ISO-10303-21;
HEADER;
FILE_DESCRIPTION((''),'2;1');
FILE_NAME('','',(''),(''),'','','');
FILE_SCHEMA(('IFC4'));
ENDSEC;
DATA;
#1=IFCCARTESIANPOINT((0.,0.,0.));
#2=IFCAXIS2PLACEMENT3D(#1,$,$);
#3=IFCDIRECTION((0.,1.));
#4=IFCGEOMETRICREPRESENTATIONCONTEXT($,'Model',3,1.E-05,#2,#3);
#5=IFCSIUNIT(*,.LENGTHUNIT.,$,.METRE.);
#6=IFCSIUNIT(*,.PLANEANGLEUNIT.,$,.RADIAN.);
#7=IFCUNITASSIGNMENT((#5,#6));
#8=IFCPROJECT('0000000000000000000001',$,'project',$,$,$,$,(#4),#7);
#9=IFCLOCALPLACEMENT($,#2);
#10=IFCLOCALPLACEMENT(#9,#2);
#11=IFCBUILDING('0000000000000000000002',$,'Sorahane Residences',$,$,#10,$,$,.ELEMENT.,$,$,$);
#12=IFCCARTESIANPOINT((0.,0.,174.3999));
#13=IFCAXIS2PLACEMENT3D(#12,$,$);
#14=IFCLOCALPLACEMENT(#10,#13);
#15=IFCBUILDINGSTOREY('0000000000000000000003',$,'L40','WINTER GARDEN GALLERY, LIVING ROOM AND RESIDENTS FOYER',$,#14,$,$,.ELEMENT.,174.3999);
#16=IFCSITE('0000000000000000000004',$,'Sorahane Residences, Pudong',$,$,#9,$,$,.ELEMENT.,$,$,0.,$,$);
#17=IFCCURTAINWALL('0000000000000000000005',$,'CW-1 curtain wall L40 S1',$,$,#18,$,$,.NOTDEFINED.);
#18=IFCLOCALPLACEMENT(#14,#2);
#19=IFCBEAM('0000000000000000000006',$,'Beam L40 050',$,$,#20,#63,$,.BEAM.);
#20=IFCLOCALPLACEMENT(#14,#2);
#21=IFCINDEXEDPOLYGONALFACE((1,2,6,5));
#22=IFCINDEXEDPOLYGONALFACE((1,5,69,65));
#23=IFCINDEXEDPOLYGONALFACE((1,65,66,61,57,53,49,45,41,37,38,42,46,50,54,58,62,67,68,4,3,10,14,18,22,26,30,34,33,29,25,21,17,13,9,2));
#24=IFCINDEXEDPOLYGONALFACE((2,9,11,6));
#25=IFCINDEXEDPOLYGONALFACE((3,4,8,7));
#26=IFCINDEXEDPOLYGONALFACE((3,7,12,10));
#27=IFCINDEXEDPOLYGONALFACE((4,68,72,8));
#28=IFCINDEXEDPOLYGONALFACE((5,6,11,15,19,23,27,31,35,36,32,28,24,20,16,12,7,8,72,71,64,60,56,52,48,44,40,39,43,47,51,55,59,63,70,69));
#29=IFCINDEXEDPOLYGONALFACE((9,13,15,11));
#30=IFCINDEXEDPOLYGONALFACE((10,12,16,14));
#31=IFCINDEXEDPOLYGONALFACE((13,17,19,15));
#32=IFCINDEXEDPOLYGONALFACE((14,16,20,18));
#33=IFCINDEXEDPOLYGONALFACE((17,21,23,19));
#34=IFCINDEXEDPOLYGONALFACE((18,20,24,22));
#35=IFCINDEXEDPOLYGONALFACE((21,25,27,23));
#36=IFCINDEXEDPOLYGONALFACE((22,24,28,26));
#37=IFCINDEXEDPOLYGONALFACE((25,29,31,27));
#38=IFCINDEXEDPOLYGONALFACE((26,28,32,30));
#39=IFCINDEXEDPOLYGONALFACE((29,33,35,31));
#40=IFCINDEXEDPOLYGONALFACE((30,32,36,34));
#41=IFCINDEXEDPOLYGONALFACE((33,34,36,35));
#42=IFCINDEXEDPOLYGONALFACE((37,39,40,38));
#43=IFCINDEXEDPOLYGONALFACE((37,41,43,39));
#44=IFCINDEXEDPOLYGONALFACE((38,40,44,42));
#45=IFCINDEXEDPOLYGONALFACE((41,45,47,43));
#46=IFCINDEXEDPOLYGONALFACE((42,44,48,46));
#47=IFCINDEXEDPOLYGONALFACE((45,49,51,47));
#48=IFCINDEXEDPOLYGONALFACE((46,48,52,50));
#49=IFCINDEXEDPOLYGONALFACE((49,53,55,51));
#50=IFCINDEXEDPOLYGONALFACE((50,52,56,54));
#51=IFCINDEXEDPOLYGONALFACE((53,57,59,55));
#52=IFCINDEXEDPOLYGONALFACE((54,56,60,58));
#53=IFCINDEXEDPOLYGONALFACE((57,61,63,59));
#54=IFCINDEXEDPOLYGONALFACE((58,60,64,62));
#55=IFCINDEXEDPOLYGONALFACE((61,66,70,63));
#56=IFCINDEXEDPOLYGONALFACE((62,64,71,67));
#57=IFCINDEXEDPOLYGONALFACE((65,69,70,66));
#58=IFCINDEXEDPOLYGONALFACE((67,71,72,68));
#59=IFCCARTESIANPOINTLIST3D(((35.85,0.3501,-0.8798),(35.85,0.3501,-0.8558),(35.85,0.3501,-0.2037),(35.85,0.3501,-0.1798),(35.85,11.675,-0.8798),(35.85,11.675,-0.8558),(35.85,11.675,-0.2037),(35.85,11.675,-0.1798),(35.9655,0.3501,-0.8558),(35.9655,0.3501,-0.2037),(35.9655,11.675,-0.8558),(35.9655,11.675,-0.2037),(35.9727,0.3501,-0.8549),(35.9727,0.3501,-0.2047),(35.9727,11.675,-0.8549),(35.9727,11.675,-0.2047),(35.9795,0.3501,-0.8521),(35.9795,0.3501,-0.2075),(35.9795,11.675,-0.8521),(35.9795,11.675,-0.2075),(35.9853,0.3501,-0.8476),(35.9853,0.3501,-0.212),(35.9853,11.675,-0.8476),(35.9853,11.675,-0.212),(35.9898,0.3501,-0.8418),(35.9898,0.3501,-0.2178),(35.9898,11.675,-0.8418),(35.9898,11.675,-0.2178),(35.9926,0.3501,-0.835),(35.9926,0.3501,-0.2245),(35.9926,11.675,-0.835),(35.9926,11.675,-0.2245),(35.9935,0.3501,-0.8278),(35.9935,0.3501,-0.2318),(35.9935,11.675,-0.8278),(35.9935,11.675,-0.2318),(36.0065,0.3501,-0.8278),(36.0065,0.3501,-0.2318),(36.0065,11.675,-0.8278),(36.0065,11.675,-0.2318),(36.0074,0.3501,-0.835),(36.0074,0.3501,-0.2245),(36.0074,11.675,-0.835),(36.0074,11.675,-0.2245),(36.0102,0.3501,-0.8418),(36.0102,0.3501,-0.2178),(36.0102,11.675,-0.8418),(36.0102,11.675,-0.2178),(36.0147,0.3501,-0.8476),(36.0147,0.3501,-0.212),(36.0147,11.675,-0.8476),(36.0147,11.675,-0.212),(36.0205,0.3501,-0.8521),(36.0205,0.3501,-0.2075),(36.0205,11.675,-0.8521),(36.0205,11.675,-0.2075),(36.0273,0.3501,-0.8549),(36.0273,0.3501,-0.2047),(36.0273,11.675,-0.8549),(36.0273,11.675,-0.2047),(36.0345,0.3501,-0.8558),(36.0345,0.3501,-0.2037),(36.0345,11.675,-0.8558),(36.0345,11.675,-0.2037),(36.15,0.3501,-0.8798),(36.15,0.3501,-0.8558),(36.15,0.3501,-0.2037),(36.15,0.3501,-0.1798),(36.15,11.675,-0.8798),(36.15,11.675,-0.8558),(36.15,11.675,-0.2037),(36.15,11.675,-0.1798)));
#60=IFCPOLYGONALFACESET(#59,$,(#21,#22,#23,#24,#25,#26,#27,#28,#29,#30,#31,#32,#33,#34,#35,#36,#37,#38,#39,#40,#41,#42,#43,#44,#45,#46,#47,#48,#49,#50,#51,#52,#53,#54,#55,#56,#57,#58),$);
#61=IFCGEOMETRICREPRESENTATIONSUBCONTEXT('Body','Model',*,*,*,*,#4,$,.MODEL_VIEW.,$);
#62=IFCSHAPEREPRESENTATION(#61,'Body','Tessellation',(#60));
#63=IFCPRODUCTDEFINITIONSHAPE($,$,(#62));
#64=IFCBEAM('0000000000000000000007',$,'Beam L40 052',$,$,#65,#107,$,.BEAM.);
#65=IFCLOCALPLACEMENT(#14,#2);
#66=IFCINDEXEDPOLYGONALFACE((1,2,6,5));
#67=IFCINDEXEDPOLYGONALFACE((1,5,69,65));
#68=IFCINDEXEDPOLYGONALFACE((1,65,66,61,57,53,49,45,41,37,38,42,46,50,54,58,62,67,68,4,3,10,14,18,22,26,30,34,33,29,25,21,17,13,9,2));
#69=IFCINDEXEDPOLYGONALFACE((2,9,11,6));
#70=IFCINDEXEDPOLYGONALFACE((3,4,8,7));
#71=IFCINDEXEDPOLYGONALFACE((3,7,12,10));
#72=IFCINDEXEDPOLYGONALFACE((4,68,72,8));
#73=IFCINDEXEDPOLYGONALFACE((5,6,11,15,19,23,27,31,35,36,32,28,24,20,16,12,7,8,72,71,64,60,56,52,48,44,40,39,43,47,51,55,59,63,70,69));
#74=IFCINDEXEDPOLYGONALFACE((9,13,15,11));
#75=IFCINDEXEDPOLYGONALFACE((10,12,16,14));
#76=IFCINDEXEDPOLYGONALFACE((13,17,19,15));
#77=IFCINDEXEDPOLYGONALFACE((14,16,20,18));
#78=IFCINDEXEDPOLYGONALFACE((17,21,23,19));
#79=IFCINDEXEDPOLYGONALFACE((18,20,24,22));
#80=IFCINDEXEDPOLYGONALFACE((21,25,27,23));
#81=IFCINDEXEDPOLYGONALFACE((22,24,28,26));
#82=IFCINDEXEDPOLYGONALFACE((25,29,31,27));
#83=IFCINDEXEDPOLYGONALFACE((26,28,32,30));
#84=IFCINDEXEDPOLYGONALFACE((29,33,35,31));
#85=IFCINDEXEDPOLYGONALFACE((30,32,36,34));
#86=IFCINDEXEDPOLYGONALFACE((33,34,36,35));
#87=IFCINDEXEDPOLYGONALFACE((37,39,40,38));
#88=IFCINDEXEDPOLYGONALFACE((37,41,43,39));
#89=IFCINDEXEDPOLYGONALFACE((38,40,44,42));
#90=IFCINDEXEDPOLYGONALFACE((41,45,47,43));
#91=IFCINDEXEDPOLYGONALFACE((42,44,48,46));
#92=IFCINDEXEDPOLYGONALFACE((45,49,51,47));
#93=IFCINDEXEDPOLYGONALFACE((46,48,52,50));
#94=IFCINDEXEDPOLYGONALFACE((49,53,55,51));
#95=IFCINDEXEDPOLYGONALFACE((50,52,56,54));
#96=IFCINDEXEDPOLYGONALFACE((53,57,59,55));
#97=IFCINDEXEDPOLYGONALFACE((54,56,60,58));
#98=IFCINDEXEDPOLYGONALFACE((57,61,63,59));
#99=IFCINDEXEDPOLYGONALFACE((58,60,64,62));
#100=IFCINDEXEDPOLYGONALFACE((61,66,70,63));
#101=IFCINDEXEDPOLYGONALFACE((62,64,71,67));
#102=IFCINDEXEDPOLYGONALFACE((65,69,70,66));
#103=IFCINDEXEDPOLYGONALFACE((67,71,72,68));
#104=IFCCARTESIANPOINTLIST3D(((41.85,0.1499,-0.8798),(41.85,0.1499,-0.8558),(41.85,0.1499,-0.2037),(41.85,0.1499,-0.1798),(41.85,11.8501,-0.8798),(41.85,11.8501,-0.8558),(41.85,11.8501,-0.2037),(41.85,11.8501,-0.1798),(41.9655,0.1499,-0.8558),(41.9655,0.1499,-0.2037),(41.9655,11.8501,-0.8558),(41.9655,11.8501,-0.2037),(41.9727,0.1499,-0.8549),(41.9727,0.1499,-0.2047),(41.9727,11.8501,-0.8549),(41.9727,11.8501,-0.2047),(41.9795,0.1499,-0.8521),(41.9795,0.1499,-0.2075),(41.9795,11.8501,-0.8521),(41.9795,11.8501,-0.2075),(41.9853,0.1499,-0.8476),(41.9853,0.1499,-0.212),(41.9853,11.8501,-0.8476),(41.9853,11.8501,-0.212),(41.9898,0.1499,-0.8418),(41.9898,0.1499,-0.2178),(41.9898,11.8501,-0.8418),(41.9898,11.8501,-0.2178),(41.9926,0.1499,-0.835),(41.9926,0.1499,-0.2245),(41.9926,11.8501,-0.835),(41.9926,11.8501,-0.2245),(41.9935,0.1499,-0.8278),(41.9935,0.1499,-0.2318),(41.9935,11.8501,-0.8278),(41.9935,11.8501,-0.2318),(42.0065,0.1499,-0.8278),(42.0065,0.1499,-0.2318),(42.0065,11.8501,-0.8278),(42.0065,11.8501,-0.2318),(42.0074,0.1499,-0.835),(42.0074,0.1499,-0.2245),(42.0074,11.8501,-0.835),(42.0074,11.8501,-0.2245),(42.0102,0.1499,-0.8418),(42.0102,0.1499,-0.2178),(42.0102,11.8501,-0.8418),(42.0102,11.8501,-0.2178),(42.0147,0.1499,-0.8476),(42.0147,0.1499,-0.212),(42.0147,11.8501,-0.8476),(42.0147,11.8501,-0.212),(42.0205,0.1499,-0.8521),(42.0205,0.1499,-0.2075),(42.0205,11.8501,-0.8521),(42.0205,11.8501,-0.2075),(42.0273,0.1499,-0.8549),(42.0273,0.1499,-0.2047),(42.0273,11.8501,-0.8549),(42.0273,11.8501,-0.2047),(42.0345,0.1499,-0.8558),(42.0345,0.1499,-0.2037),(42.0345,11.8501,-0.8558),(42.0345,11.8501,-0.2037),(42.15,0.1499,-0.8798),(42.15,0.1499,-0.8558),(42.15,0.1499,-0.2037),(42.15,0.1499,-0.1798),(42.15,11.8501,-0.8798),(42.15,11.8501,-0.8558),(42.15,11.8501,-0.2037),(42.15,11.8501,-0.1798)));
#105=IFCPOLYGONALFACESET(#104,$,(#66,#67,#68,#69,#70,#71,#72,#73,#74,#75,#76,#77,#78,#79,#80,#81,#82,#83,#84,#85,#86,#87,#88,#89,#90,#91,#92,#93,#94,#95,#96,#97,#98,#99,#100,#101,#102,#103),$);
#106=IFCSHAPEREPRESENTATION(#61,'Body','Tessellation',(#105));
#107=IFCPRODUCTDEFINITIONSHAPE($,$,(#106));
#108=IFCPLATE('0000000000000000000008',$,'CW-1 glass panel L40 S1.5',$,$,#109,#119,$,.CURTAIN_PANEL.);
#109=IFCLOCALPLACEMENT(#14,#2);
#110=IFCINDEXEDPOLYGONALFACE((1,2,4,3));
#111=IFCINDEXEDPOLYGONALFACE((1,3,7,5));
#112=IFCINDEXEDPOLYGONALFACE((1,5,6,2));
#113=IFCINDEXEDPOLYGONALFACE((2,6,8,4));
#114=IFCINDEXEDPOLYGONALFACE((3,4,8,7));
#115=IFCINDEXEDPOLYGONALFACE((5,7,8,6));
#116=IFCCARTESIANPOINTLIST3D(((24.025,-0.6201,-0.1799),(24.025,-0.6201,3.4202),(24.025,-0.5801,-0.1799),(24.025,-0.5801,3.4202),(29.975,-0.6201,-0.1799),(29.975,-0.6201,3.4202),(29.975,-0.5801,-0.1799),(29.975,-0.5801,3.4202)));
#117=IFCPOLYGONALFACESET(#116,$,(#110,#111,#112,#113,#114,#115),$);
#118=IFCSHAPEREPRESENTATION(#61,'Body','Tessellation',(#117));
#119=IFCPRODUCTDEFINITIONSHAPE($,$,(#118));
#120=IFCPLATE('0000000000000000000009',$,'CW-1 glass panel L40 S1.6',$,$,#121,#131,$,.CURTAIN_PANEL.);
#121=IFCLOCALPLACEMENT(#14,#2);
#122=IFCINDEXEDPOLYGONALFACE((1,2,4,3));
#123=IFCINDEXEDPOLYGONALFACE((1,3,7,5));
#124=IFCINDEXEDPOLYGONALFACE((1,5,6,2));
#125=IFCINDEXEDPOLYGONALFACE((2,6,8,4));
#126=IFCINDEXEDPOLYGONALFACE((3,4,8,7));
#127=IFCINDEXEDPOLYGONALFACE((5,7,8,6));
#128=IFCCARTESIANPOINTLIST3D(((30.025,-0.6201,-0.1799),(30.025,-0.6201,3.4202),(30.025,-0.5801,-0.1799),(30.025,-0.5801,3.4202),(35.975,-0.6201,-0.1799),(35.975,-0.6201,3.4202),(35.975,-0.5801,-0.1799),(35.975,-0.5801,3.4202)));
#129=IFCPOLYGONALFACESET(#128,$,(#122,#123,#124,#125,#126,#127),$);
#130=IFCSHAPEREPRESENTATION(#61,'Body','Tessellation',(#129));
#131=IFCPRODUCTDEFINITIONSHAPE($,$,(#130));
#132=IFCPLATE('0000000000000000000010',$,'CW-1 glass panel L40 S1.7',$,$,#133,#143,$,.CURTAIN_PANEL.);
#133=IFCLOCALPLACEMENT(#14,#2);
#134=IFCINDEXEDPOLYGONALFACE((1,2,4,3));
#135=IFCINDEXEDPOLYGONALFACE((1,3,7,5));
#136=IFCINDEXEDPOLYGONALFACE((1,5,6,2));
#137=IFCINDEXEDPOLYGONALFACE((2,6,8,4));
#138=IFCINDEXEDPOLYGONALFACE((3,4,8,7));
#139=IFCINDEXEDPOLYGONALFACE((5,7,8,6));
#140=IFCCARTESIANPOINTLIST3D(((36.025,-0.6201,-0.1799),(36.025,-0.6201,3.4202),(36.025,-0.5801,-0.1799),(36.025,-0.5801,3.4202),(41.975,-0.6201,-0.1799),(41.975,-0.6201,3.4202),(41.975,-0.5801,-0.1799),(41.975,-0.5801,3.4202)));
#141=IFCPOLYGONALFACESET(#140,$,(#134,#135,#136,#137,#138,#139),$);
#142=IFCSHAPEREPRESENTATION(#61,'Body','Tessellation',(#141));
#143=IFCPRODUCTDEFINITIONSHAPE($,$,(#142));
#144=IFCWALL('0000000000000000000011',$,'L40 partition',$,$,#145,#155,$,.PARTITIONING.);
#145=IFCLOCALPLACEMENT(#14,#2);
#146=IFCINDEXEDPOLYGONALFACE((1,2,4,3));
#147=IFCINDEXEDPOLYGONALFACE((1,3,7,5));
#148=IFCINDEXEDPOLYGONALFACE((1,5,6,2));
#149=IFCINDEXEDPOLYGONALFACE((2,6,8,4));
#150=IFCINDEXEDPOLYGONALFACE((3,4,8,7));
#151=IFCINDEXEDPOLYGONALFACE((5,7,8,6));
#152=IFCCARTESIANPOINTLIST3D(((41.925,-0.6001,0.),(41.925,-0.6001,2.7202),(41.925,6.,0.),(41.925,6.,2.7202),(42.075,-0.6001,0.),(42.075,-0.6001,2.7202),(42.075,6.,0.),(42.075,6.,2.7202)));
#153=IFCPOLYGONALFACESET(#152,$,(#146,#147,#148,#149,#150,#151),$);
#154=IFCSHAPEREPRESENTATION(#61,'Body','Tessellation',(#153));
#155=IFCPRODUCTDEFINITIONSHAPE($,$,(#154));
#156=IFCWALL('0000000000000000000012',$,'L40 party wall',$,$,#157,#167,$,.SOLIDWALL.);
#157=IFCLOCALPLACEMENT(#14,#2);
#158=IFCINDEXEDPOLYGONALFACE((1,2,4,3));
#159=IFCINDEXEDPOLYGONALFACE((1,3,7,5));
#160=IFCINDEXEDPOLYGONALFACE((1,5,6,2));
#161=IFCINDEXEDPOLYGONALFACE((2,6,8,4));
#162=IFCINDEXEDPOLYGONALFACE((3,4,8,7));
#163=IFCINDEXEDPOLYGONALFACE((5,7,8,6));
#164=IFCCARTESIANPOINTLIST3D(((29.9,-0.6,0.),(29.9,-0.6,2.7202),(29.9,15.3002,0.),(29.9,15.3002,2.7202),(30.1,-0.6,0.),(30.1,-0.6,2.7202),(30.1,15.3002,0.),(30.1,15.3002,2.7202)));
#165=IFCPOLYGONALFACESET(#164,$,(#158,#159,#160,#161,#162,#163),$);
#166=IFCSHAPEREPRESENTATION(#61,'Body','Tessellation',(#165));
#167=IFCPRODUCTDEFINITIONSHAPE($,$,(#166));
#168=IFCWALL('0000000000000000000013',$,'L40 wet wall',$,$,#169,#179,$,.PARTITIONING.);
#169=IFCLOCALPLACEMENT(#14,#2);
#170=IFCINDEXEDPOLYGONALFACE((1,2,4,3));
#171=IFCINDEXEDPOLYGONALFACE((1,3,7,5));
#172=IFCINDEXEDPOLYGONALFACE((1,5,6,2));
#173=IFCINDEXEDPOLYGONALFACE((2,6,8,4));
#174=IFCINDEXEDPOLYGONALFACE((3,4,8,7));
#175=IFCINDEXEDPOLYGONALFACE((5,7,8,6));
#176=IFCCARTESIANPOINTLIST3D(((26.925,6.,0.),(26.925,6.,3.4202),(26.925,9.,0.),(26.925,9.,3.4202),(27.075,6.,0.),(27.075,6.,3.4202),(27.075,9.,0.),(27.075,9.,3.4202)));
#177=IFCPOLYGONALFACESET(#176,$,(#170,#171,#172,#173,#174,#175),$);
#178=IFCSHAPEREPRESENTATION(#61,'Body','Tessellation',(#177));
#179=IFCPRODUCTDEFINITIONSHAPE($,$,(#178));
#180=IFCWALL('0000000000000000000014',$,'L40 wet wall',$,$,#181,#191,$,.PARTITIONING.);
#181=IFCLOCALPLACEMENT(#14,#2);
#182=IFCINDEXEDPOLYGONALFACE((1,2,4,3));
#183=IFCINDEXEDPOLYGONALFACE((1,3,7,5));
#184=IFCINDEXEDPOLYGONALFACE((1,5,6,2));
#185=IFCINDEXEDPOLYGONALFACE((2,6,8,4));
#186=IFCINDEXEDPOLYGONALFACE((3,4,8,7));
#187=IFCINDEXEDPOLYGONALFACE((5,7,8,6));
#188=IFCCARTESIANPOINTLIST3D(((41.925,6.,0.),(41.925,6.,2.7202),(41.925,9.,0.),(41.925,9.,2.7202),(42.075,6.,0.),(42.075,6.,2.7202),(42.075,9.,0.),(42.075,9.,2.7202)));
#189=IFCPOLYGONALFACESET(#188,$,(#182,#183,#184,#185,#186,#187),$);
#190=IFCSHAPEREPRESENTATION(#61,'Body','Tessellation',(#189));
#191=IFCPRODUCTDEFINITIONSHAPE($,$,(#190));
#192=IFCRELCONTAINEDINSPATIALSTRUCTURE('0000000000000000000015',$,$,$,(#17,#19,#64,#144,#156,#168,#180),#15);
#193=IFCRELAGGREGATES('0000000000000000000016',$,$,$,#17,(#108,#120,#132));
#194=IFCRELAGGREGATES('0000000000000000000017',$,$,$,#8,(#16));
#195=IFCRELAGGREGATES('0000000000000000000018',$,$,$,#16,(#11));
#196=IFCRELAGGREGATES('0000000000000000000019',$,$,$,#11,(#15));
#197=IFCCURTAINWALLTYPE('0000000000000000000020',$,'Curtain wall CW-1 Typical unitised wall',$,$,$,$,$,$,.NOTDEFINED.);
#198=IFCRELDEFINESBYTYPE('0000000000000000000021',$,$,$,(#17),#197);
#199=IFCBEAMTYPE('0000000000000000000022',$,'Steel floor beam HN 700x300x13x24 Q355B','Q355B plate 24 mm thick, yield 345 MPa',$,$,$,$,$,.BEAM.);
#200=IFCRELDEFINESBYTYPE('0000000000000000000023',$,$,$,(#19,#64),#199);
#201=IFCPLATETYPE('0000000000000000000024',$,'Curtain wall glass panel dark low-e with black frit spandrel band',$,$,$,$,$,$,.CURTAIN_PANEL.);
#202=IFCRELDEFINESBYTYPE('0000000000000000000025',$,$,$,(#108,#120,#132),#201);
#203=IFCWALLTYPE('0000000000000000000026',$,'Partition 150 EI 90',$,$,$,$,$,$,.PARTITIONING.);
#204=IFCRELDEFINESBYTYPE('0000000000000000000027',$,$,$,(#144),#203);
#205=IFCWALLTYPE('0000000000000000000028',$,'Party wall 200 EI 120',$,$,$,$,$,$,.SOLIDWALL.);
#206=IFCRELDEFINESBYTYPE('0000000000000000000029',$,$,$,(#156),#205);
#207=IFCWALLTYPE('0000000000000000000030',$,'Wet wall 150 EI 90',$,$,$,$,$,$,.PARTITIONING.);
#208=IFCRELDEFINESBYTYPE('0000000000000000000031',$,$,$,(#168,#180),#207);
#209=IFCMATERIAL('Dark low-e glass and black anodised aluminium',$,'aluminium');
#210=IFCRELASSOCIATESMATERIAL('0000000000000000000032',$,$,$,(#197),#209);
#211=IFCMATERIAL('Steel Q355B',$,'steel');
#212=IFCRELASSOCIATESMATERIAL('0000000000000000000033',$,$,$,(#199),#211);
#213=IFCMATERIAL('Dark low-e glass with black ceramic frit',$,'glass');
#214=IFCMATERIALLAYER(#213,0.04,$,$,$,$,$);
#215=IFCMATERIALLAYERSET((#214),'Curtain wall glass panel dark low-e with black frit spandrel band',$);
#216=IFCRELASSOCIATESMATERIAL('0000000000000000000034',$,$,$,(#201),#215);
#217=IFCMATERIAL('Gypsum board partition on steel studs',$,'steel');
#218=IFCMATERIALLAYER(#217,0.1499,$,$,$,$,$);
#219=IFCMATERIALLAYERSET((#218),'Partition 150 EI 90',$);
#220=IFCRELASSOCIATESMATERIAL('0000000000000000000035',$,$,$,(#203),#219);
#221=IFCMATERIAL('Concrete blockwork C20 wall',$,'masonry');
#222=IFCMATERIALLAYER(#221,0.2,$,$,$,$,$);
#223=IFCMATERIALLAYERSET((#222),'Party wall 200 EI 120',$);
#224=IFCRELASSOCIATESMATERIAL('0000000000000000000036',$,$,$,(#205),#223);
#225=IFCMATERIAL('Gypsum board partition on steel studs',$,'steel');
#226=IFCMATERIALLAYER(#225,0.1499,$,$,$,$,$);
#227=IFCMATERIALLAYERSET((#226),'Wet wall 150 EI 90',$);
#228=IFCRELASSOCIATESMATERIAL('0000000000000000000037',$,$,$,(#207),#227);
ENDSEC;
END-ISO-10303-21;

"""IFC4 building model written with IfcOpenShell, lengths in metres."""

from ifc_helpers import new_model, si_unit, direction, frame, frame_2d, origin, origin_2d, place, context, subcontext, project, spatial, rectangle, i_section, extrude, material, layer, layer_set, material_profile, profile_set, type_object, element, aggregate, save


model = new_model("IFC4")

# Units and contexts
model_context = context("Model", 3, precision=1e-05, world=origin(), true_north=direction((0.0, 1.0)))
body_context = subcontext(model_context, "Body", "Model", "MODEL_VIEW")
ifc_project = project(units=[si_unit("LENGTHUNIT", "METRE"), si_unit("PLANEANGLEUNIT", "RADIAN")], contexts=[model_context])

# Site, building, storey
site_placement = place(None, origin())
site = spatial("IfcSite", under=ifc_project, at=site_placement, Name="Sorahane Residences, Pudong", CompositionType="ELEMENT", RefElevation=0.0)
building_placement = place(site_placement, origin())
building = spatial("IfcBuilding", under=site, at=building_placement, Name="Sorahane Residences", CompositionType="ELEMENT")
storey_placement = place(building_placement, frame((0.0, 0.0, 174.3999)))
storey = spatial("IfcBuildingStorey", under=building, at=storey_placement, Name="L40", Description="WINTER GARDEN GALLERY, LIVING ROOM AND RESIDENTS FOYER", CompositionType="ELEMENT", Elevation=174.3999)

# Curtain wall
ifc_material_1 = material(Name="Dark low-e glass and black anodised aluminium", Category="aluminium")
curtain_wall_type = type_object("IfcCurtainWallType", Name="Curtain wall CW-1 Typical unitised wall", PredefinedType="NOTDEFINED", material=ifc_material_1)
curtain_wall_placement = place(storey_placement, origin())
curtain_wall = element("IfcCurtainWall", 1, at=curtain_wall_placement, inside=storey, type_object=curtain_wall_type, Name="CW-1 curtain wall L40 S1", PredefinedType="NOTDEFINED")

# Beams
ifc_material_2 = material(Name="Steel Q355B", Category="steel")
ifc_material_profile_1 = material_profile(ifc_material_2, i_section(OverallWidth=0.3, OverallDepth=0.7, WebThickness=0.0129, FlangeThickness=0.0239, FilletRadius=0.0281, at=origin_2d()), Name="HN 700x300x13x24")
ifc_profile_set_1 = profile_set([ifc_material_profile_1], Name="Steel Q355B")
beam_type_1 = type_object("IfcBeamType", Name="Steel floor beam HN 700x300x13x24 Q355B", Description="Q355B plate 24 mm thick, yield 345 MPa", PredefinedType="BEAM", material=ifc_profile_set_1)
beam_1_placement = place(storey_placement, frame((36.0, 0.3501, -0.5298), z_axis=(0.0, 1.0, 0.0), x_axis=(-1.0, 0.0, 0.0)))
element("IfcBeam", 2, at=beam_1_placement, inside=storey, type_object=beam_type_1, Name="Beam L40 050", PredefinedType="BEAM", context=body_context, shape_type="SweptSolid", body=[
    extrude(i_section(OverallWidth=0.3, OverallDepth=0.7, WebThickness=0.0129, FlangeThickness=0.0239, FilletRadius=0.0281, at=origin_2d()), origin(), (0.0, 0.0, 1.0), 11.325),
])
beam_2_placement = place(storey_placement, frame((42.0, 0.1499, -0.5298), z_axis=(0.0, 1.0, 0.0), x_axis=(-1.0, 0.0, 0.0)))
element("IfcBeam", 3, at=beam_2_placement, inside=storey, type_object=beam_type_1, Name="Beam L40 052", PredefinedType="BEAM", context=body_context, shape_type="SweptSolid", body=[
    extrude(i_section(OverallWidth=0.3, OverallDepth=0.7, WebThickness=0.0129, FlangeThickness=0.0239, FilletRadius=0.0281, at=origin_2d()), origin(), (0.0, 0.0, 1.0), 11.7002),
])

# Plates
ifc_material_3 = material(Name="Dark low-e glass with black ceramic frit", Category="glass")
ifc_layer_1 = layer(ifc_material_3, 0.04)
ifc_layer_set_1 = layer_set([ifc_layer_1], Name="Curtain wall glass panel dark low-e with black frit spandrel band")
plate_type = type_object("IfcPlateType", Name="Curtain wall glass panel dark low-e with black frit spandrel band", PredefinedType="CURTAIN_PANEL", material=ifc_layer_set_1)
plate_1_placement = place(storey_placement, frame((27.0, -0.6001, -0.1799), z_axis=(0.0, 0.0, 1.0), x_axis=(1.0, 0.0, 0.0)))
plate_1 = element("IfcPlate", 4, at=plate_1_placement, type_object=plate_type, Name="CW-1 glass panel L40 S1.5", PredefinedType="CURTAIN_PANEL", context=body_context, shape_type="SweptSolid", body=[
    extrude(rectangle(XDim=5.95, YDim=0.04, at=origin_2d()), origin(), (0.0, 0.0, 1.0), 3.6001),
])
plate_2_placement = place(storey_placement, frame((33.0, -0.6001, -0.1799), z_axis=(0.0, 0.0, 1.0), x_axis=(1.0, 0.0, 0.0)))
plate_2 = element("IfcPlate", 5, at=plate_2_placement, type_object=plate_type, Name="CW-1 glass panel L40 S1.6", PredefinedType="CURTAIN_PANEL", context=body_context, shape_type="SweptSolid", body=[
    extrude(rectangle(XDim=5.95, YDim=0.04, at=origin_2d()), origin(), (0.0, 0.0, 1.0), 3.6001),
])
plate_3_placement = place(storey_placement, frame((39.0, -0.6001, -0.1799), z_axis=(0.0, 0.0, 1.0), x_axis=(1.0, 0.0, 0.0)))
plate_3 = element("IfcPlate", 6, at=plate_3_placement, type_object=plate_type, Name="CW-1 glass panel L40 S1.7", PredefinedType="CURTAIN_PANEL", context=body_context, shape_type="SweptSolid", body=[
    extrude(rectangle(XDim=5.95, YDim=0.04, at=origin_2d()), origin(), (0.0, 0.0, 1.0), 3.6001),
])
aggregate(curtain_wall, [plate_1, plate_2, plate_3])

# Wall
ifc_material_4 = material(Name="Gypsum board partition on steel studs", Category="steel")
ifc_layer_2 = layer(ifc_material_4, 0.1499)
ifc_layer_set_2 = layer_set([ifc_layer_2], Name="Partition 150 EI 90")
wall_type_1 = type_object("IfcWallType", Name="Partition 150 EI 90", PredefinedType="PARTITIONING", material=ifc_layer_set_2)
wall_1_placement = place(storey_placement, frame((42.0, -0.6001, 0.0), z_axis=(0.0, 0.0, 1.0), x_axis=(0.0, 1.0, 0.0)))
element("IfcWall", 7, at=wall_1_placement, inside=storey, type_object=wall_type_1, Name="L40 partition", PredefinedType="PARTITIONING", context=body_context, shape_type="SweptSolid", body=[
    extrude(rectangle(XDim=6.6001, YDim=0.1499, at=frame_2d((3.3, 0.0))), origin(), (0.0, 0.0, 1.0), 2.7202),
])

# Walls
ifc_material_5 = material(Name="Concrete blockwork C20 wall", Category="masonry")
ifc_layer_3 = layer(ifc_material_5, 0.2)
ifc_layer_set_3 = layer_set([ifc_layer_3], Name="Party wall 200 EI 120")
wall_type_2 = type_object("IfcWallType", Name="Party wall 200 EI 120", PredefinedType="SOLIDWALL", material=ifc_layer_set_3)
wall_2_placement = place(storey_placement, frame((30.0, -0.6001, 0.0), z_axis=(0.0, 0.0, 1.0), x_axis=(0.0, 1.0, 0.0)))
element("IfcWall", 8, at=wall_2_placement, inside=storey, type_object=wall_type_2, Name="L40 party wall", PredefinedType="SOLIDWALL", context=body_context, shape_type="SweptSolid", body=[
    extrude(rectangle(XDim=15.9001, YDim=0.2, at=frame_2d((7.9502, 0.0))), origin(), (0.0, 0.0, 1.0), 2.7202),
])
ifc_material_6 = material(Name="Gypsum board partition on steel studs", Category="steel")
ifc_layer_4 = layer(ifc_material_6, 0.1499)
ifc_layer_set_4 = layer_set([ifc_layer_4], Name="Wet wall 150 EI 90")
wall_type_3 = type_object("IfcWallType", Name="Wet wall 150 EI 90", PredefinedType="PARTITIONING", material=ifc_layer_set_4)
wall_3_placement = place(storey_placement, frame((27.0, 6.0, 0.0), z_axis=(0.0, 0.0, 1.0), x_axis=(0.0, 1.0, 0.0)))
element("IfcWall", 9, at=wall_3_placement, inside=storey, type_object=wall_type_3, Name="L40 wet wall", PredefinedType="PARTITIONING", context=body_context, shape_type="SweptSolid", body=[
    extrude(rectangle(XDim=3.0, YDim=0.1499, at=frame_2d((1.5, 0.0))), origin(), (0.0, 0.0, 1.0), 3.4202),
])
wall_4_placement = place(storey_placement, frame((42.0, 6.0, 0.0), z_axis=(0.0, 0.0, 1.0), x_axis=(0.0, 1.0, 0.0)))
element("IfcWall", 10, at=wall_4_placement, inside=storey, type_object=wall_type_3, Name="L40 wet wall", PredefinedType="PARTITIONING", context=body_context, shape_type="SweptSolid", body=[
    extrude(rectangle(XDim=3.0, YDim=0.1499, at=frame_2d((1.5, 0.0))), origin(), (0.0, 0.0, 1.0), 2.7202),
])

save(model, "model.ifc")
